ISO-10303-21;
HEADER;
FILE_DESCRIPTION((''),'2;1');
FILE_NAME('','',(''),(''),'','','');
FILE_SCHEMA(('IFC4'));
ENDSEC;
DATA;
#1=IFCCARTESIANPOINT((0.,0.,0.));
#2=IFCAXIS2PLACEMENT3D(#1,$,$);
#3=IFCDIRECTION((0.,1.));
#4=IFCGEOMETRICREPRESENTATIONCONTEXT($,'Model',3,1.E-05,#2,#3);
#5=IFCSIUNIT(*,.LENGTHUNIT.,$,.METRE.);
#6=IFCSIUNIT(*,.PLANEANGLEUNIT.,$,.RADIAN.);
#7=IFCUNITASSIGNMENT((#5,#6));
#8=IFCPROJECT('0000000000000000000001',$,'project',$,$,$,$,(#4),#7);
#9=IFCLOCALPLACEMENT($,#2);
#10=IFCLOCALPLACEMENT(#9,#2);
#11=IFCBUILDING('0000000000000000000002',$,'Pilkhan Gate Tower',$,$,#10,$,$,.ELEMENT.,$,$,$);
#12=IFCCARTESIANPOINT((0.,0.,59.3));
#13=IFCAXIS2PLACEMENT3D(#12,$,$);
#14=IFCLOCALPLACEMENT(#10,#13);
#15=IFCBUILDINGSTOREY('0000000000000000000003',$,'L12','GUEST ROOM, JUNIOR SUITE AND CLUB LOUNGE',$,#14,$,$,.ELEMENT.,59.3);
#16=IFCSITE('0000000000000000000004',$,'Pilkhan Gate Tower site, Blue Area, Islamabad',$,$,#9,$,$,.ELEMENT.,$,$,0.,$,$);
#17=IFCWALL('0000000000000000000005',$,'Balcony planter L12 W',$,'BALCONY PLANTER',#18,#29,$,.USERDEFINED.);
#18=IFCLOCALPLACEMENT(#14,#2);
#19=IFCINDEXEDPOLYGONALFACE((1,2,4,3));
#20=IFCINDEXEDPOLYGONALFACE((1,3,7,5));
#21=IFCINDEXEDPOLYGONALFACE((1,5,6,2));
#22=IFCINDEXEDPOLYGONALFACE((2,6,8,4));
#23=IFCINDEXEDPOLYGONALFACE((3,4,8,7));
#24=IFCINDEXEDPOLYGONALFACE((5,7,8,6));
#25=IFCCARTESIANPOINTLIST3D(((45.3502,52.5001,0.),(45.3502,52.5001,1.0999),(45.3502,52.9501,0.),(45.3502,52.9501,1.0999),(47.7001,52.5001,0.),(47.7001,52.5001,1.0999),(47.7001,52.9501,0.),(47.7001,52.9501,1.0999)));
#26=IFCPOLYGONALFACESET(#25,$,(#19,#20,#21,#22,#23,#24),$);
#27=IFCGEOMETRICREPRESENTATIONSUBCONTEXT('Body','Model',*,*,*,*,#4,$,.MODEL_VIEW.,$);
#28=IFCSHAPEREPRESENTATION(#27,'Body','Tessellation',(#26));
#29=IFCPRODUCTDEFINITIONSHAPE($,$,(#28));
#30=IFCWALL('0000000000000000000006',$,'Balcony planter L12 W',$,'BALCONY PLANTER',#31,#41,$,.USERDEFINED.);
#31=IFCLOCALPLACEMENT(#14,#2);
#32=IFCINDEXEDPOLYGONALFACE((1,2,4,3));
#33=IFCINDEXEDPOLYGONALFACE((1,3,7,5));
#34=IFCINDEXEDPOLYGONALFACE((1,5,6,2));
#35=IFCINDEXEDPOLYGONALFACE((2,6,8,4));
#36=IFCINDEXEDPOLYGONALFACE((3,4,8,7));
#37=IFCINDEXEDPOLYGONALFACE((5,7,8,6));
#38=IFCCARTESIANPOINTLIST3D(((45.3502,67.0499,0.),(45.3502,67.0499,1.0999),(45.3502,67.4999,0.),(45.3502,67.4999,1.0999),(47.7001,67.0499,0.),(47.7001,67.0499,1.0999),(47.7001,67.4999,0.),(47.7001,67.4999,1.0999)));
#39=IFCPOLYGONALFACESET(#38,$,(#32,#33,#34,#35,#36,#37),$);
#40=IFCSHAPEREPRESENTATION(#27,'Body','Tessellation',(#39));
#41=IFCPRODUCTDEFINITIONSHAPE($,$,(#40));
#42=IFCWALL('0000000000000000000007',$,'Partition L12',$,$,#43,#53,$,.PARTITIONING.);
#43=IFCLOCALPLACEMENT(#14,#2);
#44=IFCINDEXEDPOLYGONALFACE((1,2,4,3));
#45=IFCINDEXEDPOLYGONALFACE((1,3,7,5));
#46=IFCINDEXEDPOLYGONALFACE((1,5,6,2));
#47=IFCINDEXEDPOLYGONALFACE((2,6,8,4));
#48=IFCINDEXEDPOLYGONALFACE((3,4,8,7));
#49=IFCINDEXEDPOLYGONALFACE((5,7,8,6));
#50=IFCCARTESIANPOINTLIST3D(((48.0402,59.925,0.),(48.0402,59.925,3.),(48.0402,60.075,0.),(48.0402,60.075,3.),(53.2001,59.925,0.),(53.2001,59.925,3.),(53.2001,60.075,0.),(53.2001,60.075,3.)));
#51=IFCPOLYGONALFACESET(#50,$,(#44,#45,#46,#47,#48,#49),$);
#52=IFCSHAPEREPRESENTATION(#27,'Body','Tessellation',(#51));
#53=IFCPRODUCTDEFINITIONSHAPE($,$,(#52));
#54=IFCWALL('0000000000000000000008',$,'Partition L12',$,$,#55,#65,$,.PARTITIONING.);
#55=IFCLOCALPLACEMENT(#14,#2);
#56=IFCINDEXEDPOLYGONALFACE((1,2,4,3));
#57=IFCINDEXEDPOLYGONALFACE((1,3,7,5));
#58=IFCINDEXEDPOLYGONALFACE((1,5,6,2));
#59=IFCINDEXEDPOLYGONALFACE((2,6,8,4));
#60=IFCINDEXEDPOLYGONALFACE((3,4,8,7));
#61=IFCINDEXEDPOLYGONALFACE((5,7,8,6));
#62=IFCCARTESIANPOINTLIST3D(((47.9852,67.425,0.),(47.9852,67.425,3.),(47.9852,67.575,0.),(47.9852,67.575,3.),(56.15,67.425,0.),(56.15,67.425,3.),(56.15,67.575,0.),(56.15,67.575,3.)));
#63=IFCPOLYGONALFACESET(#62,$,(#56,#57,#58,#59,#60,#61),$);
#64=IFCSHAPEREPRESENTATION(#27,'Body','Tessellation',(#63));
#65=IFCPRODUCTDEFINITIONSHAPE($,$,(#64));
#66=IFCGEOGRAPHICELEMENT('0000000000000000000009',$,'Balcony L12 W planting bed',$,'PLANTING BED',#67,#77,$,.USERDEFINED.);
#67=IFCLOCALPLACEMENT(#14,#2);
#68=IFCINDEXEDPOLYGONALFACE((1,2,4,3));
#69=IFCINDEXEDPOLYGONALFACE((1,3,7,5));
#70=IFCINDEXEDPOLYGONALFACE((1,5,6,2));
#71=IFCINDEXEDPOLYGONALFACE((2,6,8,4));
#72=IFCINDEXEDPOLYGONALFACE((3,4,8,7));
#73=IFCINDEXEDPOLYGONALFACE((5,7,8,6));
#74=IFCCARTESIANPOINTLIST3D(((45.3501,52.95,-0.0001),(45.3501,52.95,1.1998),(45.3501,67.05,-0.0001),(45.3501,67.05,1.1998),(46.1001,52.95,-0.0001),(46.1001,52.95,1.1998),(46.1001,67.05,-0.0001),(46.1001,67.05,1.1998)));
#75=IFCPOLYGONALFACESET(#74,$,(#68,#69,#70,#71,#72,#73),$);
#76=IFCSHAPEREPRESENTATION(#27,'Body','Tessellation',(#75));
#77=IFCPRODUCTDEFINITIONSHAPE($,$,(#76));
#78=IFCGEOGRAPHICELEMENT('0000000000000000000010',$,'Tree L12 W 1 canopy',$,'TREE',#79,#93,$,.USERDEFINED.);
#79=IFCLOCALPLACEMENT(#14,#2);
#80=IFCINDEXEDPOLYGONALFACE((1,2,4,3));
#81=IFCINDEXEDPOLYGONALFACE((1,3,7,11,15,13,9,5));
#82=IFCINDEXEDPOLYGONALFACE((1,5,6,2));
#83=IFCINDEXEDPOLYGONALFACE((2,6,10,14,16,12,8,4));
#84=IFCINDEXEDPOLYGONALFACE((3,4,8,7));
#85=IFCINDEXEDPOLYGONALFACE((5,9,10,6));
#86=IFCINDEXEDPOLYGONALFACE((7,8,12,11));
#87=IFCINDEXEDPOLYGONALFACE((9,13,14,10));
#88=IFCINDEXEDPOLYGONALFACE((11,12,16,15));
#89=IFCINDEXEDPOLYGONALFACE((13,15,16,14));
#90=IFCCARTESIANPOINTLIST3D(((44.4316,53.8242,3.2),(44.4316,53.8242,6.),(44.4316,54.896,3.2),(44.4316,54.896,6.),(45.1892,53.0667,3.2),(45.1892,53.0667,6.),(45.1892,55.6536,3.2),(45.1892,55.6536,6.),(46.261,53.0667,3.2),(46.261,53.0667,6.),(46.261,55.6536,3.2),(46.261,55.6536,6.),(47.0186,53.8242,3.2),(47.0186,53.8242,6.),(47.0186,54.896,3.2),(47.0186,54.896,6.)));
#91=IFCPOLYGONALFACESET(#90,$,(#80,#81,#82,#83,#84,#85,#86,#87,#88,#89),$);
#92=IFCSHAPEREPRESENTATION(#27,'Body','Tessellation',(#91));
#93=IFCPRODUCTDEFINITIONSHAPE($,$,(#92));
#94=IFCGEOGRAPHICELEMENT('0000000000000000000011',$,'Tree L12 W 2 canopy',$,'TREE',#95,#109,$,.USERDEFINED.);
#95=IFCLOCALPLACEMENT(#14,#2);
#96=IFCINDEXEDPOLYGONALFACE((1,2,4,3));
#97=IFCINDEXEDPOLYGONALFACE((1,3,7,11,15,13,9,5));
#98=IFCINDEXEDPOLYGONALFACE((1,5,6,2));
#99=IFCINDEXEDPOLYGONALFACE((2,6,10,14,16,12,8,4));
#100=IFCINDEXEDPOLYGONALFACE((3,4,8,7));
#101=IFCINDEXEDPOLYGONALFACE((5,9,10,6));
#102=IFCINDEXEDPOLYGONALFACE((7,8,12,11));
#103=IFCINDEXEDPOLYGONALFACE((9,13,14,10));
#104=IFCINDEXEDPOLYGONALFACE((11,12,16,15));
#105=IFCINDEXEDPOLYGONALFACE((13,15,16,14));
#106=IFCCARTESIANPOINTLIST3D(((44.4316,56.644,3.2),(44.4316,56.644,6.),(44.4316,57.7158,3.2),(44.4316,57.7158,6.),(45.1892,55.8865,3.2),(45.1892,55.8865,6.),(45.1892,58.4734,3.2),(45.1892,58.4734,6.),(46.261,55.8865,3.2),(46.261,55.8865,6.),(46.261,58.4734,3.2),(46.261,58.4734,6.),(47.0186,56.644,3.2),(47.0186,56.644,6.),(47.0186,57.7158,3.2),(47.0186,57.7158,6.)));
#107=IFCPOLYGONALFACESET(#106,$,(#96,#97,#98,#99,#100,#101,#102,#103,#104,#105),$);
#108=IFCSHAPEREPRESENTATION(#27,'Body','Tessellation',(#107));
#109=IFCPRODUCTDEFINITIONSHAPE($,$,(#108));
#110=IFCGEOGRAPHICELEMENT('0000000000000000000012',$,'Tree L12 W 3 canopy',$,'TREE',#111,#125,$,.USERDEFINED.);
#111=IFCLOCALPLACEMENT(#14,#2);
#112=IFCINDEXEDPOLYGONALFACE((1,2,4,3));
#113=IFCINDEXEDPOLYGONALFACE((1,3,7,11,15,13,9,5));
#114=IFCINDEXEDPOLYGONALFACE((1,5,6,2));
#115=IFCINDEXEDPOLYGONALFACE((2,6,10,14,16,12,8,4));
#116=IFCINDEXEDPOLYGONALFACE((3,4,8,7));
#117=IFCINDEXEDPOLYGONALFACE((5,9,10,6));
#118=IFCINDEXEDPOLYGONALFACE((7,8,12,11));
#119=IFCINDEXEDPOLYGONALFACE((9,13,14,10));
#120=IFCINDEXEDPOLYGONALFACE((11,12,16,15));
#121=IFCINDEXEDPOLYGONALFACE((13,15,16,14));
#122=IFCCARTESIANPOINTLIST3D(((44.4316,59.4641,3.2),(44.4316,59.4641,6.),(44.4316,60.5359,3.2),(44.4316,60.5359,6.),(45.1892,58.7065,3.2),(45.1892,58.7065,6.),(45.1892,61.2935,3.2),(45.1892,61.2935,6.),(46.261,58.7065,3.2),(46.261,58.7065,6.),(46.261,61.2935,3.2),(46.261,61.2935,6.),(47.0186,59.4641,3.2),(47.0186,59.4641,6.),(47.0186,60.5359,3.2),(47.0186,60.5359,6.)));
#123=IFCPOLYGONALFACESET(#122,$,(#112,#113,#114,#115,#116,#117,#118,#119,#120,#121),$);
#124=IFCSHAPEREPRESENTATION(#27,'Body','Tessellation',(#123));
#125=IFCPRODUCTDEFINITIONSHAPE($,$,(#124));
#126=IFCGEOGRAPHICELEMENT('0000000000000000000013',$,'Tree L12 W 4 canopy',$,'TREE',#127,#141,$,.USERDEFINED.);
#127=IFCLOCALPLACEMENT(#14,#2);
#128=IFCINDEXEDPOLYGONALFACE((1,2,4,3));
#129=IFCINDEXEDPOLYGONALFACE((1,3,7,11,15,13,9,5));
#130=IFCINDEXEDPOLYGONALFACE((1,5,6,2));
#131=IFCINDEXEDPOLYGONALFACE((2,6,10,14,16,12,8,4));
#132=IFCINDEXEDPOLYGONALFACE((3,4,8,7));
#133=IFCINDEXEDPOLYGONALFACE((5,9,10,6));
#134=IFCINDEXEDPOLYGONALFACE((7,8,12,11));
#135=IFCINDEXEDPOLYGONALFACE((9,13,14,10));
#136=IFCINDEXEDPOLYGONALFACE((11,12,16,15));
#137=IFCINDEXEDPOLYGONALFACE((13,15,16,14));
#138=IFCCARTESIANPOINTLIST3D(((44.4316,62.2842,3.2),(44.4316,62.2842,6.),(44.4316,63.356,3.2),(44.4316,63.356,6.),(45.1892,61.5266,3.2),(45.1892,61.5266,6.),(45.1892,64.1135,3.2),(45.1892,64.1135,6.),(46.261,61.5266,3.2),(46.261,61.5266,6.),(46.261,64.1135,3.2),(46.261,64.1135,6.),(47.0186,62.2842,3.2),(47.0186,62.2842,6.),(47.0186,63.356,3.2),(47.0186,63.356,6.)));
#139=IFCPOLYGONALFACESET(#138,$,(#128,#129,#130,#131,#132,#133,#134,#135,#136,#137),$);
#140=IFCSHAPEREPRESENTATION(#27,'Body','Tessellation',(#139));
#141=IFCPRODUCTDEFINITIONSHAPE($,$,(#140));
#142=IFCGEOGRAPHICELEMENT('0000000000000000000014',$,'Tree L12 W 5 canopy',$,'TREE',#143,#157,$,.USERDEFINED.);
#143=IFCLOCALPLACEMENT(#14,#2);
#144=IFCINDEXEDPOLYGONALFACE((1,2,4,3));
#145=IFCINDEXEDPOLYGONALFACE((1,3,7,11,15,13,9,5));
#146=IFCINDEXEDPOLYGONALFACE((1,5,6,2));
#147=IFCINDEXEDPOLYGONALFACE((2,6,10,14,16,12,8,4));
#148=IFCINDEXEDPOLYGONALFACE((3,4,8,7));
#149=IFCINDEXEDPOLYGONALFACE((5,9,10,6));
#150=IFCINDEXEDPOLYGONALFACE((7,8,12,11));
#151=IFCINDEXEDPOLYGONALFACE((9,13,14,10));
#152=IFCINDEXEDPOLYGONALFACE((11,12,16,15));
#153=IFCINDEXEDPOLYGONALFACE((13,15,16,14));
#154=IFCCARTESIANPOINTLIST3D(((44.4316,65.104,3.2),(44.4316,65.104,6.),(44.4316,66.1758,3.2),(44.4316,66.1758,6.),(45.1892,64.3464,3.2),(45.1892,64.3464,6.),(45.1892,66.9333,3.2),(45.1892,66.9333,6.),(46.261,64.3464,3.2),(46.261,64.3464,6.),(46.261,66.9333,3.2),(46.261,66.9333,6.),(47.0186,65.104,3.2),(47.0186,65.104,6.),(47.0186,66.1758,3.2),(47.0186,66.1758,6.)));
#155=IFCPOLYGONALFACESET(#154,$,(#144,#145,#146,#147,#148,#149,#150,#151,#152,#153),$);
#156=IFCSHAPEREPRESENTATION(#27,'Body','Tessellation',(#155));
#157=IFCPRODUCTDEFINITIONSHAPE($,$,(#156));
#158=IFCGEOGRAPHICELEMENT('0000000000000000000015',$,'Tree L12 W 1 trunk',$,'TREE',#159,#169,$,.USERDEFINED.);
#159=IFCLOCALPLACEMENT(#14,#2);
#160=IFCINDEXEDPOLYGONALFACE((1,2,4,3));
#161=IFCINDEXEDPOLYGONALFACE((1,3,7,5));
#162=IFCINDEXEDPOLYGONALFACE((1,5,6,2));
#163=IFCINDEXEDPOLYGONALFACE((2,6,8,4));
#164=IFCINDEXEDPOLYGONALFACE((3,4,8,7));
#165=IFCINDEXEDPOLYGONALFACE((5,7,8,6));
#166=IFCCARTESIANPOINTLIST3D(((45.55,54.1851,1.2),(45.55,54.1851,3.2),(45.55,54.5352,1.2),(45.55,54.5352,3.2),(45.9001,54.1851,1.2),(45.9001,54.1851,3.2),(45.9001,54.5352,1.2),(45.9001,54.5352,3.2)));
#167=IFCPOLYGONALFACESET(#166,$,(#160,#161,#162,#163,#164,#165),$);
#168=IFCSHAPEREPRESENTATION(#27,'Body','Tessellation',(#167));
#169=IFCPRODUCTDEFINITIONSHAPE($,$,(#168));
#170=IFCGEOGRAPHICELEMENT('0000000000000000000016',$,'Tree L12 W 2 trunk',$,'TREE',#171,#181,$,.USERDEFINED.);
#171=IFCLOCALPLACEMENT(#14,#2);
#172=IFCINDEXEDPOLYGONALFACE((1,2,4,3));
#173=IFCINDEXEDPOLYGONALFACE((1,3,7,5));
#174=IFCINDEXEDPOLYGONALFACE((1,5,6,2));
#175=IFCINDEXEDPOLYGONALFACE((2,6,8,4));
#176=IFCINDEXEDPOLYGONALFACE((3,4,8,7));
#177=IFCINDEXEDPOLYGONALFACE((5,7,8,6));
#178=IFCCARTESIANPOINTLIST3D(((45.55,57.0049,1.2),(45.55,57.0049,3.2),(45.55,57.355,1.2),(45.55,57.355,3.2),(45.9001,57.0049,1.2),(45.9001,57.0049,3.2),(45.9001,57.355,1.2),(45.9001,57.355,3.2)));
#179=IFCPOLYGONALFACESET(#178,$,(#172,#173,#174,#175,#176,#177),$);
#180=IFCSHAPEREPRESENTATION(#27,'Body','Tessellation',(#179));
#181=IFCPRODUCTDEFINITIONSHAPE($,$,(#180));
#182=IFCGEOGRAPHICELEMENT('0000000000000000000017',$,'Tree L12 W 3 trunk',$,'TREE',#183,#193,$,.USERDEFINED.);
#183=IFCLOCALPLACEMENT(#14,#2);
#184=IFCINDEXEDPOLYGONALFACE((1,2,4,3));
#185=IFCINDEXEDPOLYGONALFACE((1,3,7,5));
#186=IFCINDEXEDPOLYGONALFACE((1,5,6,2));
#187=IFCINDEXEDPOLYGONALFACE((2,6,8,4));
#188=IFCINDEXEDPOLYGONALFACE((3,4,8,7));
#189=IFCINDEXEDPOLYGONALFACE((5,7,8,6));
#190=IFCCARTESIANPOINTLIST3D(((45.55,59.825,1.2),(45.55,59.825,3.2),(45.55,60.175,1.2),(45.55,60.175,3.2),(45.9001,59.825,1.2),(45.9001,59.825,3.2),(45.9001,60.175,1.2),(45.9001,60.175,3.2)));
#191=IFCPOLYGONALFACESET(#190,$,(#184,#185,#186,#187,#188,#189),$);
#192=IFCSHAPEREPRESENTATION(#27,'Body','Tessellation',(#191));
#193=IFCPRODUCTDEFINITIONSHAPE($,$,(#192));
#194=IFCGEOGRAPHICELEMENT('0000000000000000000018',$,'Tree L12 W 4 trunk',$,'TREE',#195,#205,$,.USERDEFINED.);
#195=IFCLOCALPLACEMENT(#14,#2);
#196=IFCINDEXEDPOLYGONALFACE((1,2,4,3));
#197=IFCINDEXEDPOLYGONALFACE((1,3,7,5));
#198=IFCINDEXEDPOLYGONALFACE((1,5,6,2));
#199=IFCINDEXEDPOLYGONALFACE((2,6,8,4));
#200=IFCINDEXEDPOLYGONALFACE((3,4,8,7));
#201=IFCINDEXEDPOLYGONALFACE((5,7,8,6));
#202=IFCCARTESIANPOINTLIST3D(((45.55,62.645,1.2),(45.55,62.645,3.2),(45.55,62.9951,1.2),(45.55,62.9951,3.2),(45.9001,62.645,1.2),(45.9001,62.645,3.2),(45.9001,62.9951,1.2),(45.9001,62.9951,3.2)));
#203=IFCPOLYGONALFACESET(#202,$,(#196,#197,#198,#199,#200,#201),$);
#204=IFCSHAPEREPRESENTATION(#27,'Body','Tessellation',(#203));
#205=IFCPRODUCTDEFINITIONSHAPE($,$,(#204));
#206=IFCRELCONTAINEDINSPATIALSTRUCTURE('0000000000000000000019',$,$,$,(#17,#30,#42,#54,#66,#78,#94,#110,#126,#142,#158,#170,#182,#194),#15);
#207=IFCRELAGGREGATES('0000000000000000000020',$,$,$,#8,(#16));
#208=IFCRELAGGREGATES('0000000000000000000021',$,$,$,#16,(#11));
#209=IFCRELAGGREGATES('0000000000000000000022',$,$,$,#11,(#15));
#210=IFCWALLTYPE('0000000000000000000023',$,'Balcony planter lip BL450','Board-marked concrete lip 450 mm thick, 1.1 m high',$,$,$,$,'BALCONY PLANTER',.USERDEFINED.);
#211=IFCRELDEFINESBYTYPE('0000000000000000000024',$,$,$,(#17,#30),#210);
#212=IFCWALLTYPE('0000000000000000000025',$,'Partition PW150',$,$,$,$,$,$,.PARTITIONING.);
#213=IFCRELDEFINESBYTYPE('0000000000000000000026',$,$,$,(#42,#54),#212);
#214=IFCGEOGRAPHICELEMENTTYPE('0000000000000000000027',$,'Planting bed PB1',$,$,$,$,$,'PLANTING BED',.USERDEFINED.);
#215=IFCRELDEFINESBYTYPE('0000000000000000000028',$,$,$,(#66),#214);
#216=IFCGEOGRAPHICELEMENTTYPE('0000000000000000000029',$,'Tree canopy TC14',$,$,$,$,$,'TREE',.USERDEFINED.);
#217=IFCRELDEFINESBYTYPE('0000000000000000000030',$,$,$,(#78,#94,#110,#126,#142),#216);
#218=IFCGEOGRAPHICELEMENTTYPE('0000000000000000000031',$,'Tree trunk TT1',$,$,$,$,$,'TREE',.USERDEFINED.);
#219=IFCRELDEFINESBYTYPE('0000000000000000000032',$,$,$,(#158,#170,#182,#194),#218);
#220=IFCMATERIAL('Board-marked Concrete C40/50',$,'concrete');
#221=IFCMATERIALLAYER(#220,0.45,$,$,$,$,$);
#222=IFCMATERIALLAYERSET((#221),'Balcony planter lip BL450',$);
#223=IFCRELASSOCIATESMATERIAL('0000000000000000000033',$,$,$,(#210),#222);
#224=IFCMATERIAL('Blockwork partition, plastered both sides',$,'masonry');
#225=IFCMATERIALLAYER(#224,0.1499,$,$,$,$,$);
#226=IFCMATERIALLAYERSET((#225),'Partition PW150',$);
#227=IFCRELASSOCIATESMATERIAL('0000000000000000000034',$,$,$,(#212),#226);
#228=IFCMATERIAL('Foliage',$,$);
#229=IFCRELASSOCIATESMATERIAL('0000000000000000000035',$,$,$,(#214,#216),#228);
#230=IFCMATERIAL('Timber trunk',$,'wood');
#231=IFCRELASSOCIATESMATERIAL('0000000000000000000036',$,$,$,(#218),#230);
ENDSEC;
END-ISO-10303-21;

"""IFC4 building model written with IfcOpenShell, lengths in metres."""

from ifc_helpers import new_model, si_unit, direction, frame, frame_2d, origin, origin_2d, place, context, subcontext, project, spatial, polyline, rectangle, outline, extrude, material, layer, layer_set, material_profile, profile_set, type_object, element, save


model = new_model("IFC4")

# Units and contexts
model_context = context("Model", 3, precision=1e-05, world=origin(), true_north=direction((0.0, 1.0)))
body_context = subcontext(model_context, "Body", "Model", "MODEL_VIEW")
ifc_project = project(units=[si_unit("LENGTHUNIT", "METRE"), si_unit("PLANEANGLEUNIT", "RADIAN")], contexts=[model_context])

# Site, building, storey
site_placement = place(None, origin())
site = spatial("IfcSite", under=ifc_project, at=site_placement, Name="Pilkhan Gate Tower site, Blue Area, Islamabad", CompositionType="ELEMENT", RefElevation=0.0)
building_placement = place(site_placement, origin())
building = spatial("IfcBuilding", under=site, at=building_placement, Name="Pilkhan Gate Tower", CompositionType="ELEMENT")
storey_placement = place(building_placement, frame((0.0, 0.0, 59.3)))
storey = spatial("IfcBuildingStorey", under=building, at=storey_placement, Name="L12", Description="GUEST ROOM, JUNIOR SUITE AND CLUB LOUNGE", CompositionType="ELEMENT", Elevation=59.3)

# Walls
ifc_material_1 = material(Name="Board-marked Concrete C40/50", Category="concrete")
ifc_layer_1 = layer(ifc_material_1, 0.45)
ifc_layer_set_1 = layer_set([ifc_layer_1], Name="Balcony planter lip BL450")
wall_type_1 = type_object("IfcWallType", Name="Balcony planter lip BL450", Description="Board-marked concrete lip 450 mm thick, 1.1 m high", ElementType="BALCONY PLANTER", PredefinedType="USERDEFINED", material=ifc_layer_set_1)
for number, where, z_axis, x_axis, name in (
    (1, (47.7, 52.7251, 0.0), (0.0, 0.0, 1.0), (-1.0, 0.0, 0.0), "Balcony planter L12 W"),
    (2, (47.7, 67.2749, 0.0), (0.0, 0.0, 1.0), (-1.0, 0.0, 0.0), "Balcony planter L12 W"),
):
    element("IfcWall", number, at=place(storey_placement, frame(where, z_axis=z_axis, x_axis=x_axis)), inside=storey, type_object=wall_type_1, Name=name, ObjectType="BALCONY PLANTER", PredefinedType="USERDEFINED", context=body_context, shape_type="SweptSolid", body=[
        extrude(rectangle(XDim=2.3499, YDim=0.45, at=frame_2d((1.1748, 0.0))), origin(), (0.0, 0.0, 1.0), 1.0999),
    ])

# Walls
ifc_material_2 = material(Name="Blockwork partition, plastered both sides", Category="masonry")
ifc_layer_2 = layer(ifc_material_2, 0.1499)
ifc_layer_set_2 = layer_set([ifc_layer_2], Name="Partition PW150")
wall_type_2 = type_object("IfcWallType", Name="Partition PW150", PredefinedType="PARTITIONING", material=ifc_layer_set_2)
wall_1_placement = place(storey_placement, frame((48.04, 60.0, 0.0), z_axis=(0.0, 0.0, 1.0), x_axis=(1.0, 0.0, 0.0)))
element("IfcWall", 3, at=wall_1_placement, inside=storey, type_object=wall_type_2, Name="Partition L12", PredefinedType="PARTITIONING", context=body_context, shape_type="SweptSolid", body=[
    extrude(rectangle(XDim=5.1599, YDim=0.1499, at=frame_2d((2.5801, 0.0))), origin(), (0.0, 0.0, 1.0), 3.0),
])
wall_2_placement = place(storey_placement, frame((47.9851, 67.5, 0.0), z_axis=(0.0, 0.0, 1.0), x_axis=(1.0, 0.0, 0.0)))
element("IfcWall", 4, at=wall_2_placement, inside=storey, type_object=wall_type_2, Name="Partition L12", PredefinedType="PARTITIONING", context=body_context, shape_type="SweptSolid", body=[
    extrude(rectangle(XDim=8.1648, YDim=0.1499, at=frame_2d((4.0825, 0.0))), origin(), (0.0, 0.0, 1.0), 3.0),
])

# Geographic elements
ifc_material_3 = material(Name="Foliage")
ifc_material_profile_1 = material_profile(ifc_material_3, rectangle(XDim=0.75, YDim=1.2, at=origin_2d()), Name="Bed 750x1200")
ifc_profile_set_1 = profile_set([ifc_material_profile_1], Name="Foliage")
geographic_element_type_1 = type_object("IfcGeographicElementType", Name="Planting bed PB1", ElementType="PLANTING BED", PredefinedType="USERDEFINED", material=ifc_profile_set_1)
geographic_element_placement = place(storey_placement, frame((45.7251, 52.95, 0.5999), z_axis=(0.0, 1.0, 0.0), x_axis=(-1.0, 0.0, 0.0)))
element("IfcGeographicElement", 5, at=geographic_element_placement, inside=storey, type_object=geographic_element_type_1, Name="Balcony L12 W planting bed", ObjectType="PLANTING BED", PredefinedType="USERDEFINED", context=body_context, shape_type="SweptSolid", body=[
    extrude(rectangle(XDim=0.75, YDim=1.2, at=origin_2d()), origin(), (0.0, 0.0, 1.0), 14.1001),
])
ifc_material_profile_2 = material_profile(ifc_material_3, outline(polyline([(1.2935, 0.5359), (0.5359, 1.2935), (-0.5359, 1.2935), (-1.2935, 0.5359), (-1.2935, -0.5359), (-0.5359, -1.2935), (0.5359, -1.2935), (1.2935, -0.5359), (1.2935, 0.5359)])), Name="Canopy D2.8")
ifc_profile_set_2 = profile_set([ifc_material_profile_2], Name="Foliage")
geographic_element_type_2 = type_object("IfcGeographicElementType", Name="Tree canopy TC14", ElementType="TREE", PredefinedType="USERDEFINED", material=ifc_profile_set_2)
for number, where, z_axis, x_axis, name in (
    (6, (45.7251, 54.3601, 3.2), (0.0, 0.0, 1.0), (1.0, 0.0, 0.0), "Tree L12 W 1 canopy"),
    (7, (45.7251, 57.1799, 3.2), (0.0, 0.0, 1.0), (1.0, 0.0, 0.0), "Tree L12 W 2 canopy"),
    (8, (45.7251, 60.0, 3.2), (0.0, 0.0, 1.0), (1.0, 0.0, 0.0), "Tree L12 W 3 canopy"),
    (9, (45.7251, 62.8201, 3.2), (0.0, 0.0, 1.0), (1.0, 0.0, 0.0), "Tree L12 W 4 canopy"),
    (10, (45.7251, 65.6399, 3.2), (0.0, 0.0, 1.0), (1.0, 0.0, 0.0), "Tree L12 W 5 canopy"),
):
    element("IfcGeographicElement", number, at=place(storey_placement, frame(where, z_axis=z_axis, x_axis=x_axis)), inside=storey, type_object=geographic_element_type_2, Name=name, ObjectType="TREE", PredefinedType="USERDEFINED", context=body_context, shape_type="SweptSolid", body=[
        extrude(outline(polyline([(1.2935, 0.5359), (0.5359, 1.2935), (-0.5359, 1.2935), (-1.2935, 0.5359), (-1.2935, -0.5359), (-0.5359, -1.2935), (0.5359, -1.2935), (1.2935, -0.5359), (1.2935, 0.5359)])), origin(), (0.0, 0.0, 1.0), 2.8),
    ])
ifc_material_4 = material(Name="Timber trunk", Category="wood")
geographic_element_type_3 = type_object("IfcGeographicElementType", Name="Tree trunk TT1", ElementType="TREE", PredefinedType="USERDEFINED", material=ifc_material_4)
for number, where, z_axis, x_axis, name in (
    (11, (45.7251, 54.3601, 1.2), (0.0, 0.0, 1.0), (1.0, 0.0, 0.0), "Tree L12 W 1 trunk"),
    (12, (45.7251, 57.1799, 1.2), (0.0, 0.0, 1.0), (1.0, 0.0, 0.0), "Tree L12 W 2 trunk"),
    (13, (45.7251, 60.0, 1.2), (0.0, 0.0, 1.0), (1.0, 0.0, 0.0), "Tree L12 W 3 trunk"),
    (14, (45.7251, 62.8201, 1.2), (0.0, 0.0, 1.0), (1.0, 0.0, 0.0), "Tree L12 W 4 trunk"),
):
    element("IfcGeographicElement", number, at=place(storey_placement, frame(where, z_axis=z_axis, x_axis=x_axis)), inside=storey, type_object=geographic_element_type_3, Name=name, ObjectType="TREE", PredefinedType="USERDEFINED", context=body_context, shape_type="SweptSolid", body=[
        extrude(rectangle(XDim=0.3501, YDim=0.3501, at=origin_2d()), origin(), (0.0, 0.0, 1.0), 2.0),
    ])

save(model, "model.ifc")
